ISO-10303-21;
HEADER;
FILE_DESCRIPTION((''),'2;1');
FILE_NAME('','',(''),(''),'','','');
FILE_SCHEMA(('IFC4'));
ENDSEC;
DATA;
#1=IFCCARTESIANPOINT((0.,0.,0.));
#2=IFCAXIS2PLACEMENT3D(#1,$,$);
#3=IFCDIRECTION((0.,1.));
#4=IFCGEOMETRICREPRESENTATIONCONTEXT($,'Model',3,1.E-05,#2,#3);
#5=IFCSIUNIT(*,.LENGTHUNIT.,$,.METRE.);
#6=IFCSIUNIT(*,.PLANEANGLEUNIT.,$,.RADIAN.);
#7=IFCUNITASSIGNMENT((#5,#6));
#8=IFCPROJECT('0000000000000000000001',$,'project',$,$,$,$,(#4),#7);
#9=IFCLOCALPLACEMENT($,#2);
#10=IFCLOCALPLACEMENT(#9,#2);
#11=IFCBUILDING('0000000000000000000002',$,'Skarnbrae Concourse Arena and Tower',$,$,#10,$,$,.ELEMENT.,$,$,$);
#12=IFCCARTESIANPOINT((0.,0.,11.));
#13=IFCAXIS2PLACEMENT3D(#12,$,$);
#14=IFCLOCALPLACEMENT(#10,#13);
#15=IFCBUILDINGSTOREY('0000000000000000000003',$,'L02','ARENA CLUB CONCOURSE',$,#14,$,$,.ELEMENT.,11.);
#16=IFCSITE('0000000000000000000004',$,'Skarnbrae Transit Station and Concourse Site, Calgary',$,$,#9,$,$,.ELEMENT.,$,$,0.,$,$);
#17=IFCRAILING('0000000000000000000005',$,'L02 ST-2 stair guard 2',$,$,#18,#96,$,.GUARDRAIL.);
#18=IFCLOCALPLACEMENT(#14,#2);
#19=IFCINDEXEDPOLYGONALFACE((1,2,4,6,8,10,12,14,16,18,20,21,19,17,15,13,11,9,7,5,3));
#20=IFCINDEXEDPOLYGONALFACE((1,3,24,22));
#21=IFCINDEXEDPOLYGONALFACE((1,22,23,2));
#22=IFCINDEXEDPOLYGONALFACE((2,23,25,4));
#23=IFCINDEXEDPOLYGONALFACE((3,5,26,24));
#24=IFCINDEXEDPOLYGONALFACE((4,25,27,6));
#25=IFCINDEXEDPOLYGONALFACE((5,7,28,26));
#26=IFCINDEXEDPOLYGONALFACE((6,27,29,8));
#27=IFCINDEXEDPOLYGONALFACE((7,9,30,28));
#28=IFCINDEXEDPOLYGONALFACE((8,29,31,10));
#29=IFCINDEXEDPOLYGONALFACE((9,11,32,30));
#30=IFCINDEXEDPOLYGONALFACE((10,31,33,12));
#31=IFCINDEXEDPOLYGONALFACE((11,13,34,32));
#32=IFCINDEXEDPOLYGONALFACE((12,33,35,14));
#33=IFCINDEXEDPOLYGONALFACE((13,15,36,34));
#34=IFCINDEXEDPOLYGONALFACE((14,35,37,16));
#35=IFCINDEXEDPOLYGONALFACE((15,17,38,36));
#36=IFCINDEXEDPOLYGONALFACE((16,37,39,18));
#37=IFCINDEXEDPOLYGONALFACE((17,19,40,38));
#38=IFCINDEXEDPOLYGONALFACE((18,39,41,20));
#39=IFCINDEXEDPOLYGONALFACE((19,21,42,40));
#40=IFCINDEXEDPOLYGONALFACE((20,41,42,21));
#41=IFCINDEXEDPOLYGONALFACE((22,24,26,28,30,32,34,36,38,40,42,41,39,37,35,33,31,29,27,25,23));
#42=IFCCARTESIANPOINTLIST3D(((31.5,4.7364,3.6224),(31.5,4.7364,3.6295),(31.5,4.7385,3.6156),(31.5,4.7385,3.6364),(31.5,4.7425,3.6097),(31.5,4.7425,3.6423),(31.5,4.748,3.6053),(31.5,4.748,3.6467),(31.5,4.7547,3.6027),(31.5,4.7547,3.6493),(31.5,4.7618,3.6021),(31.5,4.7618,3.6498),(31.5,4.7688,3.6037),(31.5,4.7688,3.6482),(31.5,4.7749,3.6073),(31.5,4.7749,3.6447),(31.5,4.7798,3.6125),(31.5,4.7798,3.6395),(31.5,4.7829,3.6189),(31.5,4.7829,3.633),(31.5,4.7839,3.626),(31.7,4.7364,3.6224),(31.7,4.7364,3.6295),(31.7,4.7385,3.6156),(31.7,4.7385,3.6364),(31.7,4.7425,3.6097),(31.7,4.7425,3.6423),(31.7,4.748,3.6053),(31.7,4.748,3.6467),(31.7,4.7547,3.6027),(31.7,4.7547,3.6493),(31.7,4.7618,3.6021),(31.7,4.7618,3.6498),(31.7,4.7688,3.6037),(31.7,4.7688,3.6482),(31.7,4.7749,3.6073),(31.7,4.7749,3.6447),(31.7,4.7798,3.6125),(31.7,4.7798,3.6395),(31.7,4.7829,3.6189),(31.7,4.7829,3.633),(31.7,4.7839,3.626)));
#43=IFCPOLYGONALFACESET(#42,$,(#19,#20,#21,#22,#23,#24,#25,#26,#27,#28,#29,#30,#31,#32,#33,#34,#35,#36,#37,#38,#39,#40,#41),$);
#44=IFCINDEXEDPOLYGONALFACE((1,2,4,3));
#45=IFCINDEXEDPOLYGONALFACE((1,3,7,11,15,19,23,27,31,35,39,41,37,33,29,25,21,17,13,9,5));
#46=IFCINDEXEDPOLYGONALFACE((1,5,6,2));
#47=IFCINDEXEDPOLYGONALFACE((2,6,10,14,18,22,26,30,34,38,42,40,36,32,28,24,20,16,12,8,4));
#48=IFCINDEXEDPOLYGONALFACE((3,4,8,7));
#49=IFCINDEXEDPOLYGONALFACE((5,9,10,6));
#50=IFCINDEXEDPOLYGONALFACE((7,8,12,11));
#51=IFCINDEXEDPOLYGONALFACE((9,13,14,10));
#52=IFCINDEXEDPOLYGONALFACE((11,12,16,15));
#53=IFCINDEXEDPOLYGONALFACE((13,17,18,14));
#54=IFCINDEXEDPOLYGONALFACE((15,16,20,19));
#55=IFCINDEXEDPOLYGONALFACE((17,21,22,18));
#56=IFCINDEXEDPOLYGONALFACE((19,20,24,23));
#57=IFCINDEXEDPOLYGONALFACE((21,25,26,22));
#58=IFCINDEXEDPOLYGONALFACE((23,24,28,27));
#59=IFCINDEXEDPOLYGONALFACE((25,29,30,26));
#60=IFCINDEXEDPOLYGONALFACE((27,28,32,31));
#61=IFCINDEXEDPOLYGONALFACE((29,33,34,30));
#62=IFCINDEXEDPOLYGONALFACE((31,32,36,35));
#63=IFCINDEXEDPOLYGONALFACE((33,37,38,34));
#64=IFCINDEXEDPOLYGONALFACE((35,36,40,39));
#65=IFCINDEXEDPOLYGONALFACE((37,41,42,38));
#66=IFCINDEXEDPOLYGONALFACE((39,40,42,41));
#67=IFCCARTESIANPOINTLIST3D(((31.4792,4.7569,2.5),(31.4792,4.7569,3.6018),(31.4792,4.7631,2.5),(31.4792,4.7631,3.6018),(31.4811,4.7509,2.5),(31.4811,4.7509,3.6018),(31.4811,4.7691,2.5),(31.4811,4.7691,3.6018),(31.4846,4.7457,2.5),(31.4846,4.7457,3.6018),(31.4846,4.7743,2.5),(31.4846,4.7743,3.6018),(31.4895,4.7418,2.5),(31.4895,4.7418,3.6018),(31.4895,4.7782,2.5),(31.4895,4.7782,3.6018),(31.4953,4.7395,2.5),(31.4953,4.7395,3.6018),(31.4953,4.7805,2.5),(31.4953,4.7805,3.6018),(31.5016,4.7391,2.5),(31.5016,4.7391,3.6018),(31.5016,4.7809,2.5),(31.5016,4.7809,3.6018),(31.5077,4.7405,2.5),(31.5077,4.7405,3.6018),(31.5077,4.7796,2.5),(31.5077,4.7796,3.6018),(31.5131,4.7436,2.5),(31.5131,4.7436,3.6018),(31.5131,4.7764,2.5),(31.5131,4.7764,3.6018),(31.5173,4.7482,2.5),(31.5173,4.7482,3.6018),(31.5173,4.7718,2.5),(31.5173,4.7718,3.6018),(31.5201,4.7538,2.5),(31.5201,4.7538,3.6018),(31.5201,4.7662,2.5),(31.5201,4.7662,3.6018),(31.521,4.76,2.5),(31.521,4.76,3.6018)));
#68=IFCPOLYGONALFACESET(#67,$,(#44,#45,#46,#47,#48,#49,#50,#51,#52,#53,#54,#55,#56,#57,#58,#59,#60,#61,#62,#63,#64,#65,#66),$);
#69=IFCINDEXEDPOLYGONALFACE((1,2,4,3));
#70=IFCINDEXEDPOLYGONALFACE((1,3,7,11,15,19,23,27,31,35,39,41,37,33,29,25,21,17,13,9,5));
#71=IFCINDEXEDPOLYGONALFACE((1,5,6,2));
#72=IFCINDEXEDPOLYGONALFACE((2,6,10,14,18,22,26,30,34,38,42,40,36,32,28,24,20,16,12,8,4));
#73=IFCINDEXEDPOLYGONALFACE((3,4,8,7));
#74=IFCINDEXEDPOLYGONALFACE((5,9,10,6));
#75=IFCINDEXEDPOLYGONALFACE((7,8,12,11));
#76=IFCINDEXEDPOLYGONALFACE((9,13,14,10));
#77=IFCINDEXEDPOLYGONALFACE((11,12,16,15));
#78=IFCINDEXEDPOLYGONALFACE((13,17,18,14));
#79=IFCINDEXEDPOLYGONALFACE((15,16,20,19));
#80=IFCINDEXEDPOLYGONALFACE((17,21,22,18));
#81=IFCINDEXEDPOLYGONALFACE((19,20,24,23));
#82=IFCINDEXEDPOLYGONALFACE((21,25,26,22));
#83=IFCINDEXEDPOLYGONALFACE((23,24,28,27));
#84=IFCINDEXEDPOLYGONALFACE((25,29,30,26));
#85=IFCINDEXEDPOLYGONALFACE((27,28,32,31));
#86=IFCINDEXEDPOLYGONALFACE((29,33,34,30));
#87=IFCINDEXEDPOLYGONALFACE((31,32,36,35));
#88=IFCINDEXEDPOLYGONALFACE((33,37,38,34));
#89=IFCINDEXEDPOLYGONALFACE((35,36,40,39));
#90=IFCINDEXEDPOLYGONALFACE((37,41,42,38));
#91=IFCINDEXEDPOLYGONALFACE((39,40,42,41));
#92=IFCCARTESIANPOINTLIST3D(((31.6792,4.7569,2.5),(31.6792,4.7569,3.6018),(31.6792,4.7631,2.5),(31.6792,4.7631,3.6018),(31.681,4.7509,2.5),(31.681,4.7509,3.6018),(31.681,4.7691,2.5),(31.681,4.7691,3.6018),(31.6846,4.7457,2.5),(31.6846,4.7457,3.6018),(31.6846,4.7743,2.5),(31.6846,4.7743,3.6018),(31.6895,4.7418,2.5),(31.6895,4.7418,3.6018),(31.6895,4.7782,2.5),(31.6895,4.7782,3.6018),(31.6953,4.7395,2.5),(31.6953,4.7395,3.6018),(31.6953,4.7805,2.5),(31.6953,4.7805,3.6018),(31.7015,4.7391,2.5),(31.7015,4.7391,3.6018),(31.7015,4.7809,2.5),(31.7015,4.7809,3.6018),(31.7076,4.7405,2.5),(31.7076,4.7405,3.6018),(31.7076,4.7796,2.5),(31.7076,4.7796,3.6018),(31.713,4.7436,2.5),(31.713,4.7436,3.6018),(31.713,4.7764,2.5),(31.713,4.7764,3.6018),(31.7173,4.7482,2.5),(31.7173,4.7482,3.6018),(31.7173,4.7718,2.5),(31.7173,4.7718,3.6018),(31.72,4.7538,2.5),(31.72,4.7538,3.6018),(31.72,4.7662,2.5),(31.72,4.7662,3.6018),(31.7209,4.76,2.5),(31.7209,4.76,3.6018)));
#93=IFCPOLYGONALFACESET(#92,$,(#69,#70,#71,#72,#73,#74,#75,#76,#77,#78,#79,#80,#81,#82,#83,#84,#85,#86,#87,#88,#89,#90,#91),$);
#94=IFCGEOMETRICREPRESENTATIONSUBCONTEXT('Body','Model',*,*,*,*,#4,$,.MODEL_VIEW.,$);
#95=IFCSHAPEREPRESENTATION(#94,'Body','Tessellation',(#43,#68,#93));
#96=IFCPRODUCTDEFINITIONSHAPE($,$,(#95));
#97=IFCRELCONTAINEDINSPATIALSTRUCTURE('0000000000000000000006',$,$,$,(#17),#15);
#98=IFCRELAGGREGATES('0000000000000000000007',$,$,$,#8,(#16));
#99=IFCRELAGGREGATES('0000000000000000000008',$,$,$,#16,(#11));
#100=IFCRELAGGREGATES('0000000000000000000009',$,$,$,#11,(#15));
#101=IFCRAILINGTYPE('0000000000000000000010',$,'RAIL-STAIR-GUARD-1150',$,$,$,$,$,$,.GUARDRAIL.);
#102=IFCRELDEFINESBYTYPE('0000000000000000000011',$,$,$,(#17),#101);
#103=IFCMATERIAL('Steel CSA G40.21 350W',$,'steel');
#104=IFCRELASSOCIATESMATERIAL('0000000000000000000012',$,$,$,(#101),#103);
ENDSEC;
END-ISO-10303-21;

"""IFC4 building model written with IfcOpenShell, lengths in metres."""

from ifc_helpers import new_model, si_unit, direction, frame, origin, origin_2d, place, context, subcontext, project, spatial, circle, extrude, material, type_object, element, save


model = new_model("IFC4")

# Units and contexts
model_context = context("Model", 3, precision=1e-05, world=origin(), true_north=direction((0.0, 1.0)))
body_context = subcontext(model_context, "Body", "Model", "MODEL_VIEW")
ifc_project = project(units=[si_unit("LENGTHUNIT", "METRE"), si_unit("PLANEANGLEUNIT", "RADIAN")], contexts=[model_context])

# Site, building, storey
site_placement = place(None, origin())
site = spatial("IfcSite", under=ifc_project, at=site_placement, Name="Skarnbrae Transit Station and Concourse Site, Calgary", CompositionType="ELEMENT", RefElevation=0.0)
building_placement = place(site_placement, origin())
building = spatial("IfcBuilding", under=site, at=building_placement, Name="Skarnbrae Concourse Arena and Tower", CompositionType="ELEMENT")
storey_placement = place(building_placement, frame((0.0, 0.0, 11.0)))
storey = spatial("IfcBuildingStorey", under=building, at=storey_placement, Name="L02", Description="ARENA CLUB CONCOURSE", CompositionType="ELEMENT", Elevation=11.0)

# Shared definitions
ifc_material_1 = material(Name="Steel CSA G40.21 350W", Category="steel")

# Railing
railing_type_1 = type_object("IfcRailingType", Name="RAIL-STAIR-GUARD-1150", PredefinedType="GUARDRAIL", material=ifc_material_1)
railing_1_placement = place(storey_placement, frame((31.5, 4.76, 2.5)))
element("IfcRailing", 1, at=railing_1_placement, inside=storey, type_object=railing_type_1, Name="L02 ST-2 stair guard 2", PredefinedType="GUARDRAIL", context=body_context, shape_type="SweptSolid", body=[
    extrude(circle(Radius=0.0239, at=origin_2d()), frame((0.0, 0.0, 1.126), z_axis=(1.0, 0.0, 0.0), x_axis=(0.0, 1.0, 0.0)), (0.0, 0.0, 1.0), 0.2),
    extrude(circle(Radius=0.021, at=origin_2d()), origin(), (0.0, 0.0, 1.0), 1.1018),
    extrude(circle(Radius=0.021, at=origin_2d()), frame((0.2, 0.0, 0.0)), (0.0, 0.0, 1.0), 1.1018),
])

save(model, "model.ifc")
